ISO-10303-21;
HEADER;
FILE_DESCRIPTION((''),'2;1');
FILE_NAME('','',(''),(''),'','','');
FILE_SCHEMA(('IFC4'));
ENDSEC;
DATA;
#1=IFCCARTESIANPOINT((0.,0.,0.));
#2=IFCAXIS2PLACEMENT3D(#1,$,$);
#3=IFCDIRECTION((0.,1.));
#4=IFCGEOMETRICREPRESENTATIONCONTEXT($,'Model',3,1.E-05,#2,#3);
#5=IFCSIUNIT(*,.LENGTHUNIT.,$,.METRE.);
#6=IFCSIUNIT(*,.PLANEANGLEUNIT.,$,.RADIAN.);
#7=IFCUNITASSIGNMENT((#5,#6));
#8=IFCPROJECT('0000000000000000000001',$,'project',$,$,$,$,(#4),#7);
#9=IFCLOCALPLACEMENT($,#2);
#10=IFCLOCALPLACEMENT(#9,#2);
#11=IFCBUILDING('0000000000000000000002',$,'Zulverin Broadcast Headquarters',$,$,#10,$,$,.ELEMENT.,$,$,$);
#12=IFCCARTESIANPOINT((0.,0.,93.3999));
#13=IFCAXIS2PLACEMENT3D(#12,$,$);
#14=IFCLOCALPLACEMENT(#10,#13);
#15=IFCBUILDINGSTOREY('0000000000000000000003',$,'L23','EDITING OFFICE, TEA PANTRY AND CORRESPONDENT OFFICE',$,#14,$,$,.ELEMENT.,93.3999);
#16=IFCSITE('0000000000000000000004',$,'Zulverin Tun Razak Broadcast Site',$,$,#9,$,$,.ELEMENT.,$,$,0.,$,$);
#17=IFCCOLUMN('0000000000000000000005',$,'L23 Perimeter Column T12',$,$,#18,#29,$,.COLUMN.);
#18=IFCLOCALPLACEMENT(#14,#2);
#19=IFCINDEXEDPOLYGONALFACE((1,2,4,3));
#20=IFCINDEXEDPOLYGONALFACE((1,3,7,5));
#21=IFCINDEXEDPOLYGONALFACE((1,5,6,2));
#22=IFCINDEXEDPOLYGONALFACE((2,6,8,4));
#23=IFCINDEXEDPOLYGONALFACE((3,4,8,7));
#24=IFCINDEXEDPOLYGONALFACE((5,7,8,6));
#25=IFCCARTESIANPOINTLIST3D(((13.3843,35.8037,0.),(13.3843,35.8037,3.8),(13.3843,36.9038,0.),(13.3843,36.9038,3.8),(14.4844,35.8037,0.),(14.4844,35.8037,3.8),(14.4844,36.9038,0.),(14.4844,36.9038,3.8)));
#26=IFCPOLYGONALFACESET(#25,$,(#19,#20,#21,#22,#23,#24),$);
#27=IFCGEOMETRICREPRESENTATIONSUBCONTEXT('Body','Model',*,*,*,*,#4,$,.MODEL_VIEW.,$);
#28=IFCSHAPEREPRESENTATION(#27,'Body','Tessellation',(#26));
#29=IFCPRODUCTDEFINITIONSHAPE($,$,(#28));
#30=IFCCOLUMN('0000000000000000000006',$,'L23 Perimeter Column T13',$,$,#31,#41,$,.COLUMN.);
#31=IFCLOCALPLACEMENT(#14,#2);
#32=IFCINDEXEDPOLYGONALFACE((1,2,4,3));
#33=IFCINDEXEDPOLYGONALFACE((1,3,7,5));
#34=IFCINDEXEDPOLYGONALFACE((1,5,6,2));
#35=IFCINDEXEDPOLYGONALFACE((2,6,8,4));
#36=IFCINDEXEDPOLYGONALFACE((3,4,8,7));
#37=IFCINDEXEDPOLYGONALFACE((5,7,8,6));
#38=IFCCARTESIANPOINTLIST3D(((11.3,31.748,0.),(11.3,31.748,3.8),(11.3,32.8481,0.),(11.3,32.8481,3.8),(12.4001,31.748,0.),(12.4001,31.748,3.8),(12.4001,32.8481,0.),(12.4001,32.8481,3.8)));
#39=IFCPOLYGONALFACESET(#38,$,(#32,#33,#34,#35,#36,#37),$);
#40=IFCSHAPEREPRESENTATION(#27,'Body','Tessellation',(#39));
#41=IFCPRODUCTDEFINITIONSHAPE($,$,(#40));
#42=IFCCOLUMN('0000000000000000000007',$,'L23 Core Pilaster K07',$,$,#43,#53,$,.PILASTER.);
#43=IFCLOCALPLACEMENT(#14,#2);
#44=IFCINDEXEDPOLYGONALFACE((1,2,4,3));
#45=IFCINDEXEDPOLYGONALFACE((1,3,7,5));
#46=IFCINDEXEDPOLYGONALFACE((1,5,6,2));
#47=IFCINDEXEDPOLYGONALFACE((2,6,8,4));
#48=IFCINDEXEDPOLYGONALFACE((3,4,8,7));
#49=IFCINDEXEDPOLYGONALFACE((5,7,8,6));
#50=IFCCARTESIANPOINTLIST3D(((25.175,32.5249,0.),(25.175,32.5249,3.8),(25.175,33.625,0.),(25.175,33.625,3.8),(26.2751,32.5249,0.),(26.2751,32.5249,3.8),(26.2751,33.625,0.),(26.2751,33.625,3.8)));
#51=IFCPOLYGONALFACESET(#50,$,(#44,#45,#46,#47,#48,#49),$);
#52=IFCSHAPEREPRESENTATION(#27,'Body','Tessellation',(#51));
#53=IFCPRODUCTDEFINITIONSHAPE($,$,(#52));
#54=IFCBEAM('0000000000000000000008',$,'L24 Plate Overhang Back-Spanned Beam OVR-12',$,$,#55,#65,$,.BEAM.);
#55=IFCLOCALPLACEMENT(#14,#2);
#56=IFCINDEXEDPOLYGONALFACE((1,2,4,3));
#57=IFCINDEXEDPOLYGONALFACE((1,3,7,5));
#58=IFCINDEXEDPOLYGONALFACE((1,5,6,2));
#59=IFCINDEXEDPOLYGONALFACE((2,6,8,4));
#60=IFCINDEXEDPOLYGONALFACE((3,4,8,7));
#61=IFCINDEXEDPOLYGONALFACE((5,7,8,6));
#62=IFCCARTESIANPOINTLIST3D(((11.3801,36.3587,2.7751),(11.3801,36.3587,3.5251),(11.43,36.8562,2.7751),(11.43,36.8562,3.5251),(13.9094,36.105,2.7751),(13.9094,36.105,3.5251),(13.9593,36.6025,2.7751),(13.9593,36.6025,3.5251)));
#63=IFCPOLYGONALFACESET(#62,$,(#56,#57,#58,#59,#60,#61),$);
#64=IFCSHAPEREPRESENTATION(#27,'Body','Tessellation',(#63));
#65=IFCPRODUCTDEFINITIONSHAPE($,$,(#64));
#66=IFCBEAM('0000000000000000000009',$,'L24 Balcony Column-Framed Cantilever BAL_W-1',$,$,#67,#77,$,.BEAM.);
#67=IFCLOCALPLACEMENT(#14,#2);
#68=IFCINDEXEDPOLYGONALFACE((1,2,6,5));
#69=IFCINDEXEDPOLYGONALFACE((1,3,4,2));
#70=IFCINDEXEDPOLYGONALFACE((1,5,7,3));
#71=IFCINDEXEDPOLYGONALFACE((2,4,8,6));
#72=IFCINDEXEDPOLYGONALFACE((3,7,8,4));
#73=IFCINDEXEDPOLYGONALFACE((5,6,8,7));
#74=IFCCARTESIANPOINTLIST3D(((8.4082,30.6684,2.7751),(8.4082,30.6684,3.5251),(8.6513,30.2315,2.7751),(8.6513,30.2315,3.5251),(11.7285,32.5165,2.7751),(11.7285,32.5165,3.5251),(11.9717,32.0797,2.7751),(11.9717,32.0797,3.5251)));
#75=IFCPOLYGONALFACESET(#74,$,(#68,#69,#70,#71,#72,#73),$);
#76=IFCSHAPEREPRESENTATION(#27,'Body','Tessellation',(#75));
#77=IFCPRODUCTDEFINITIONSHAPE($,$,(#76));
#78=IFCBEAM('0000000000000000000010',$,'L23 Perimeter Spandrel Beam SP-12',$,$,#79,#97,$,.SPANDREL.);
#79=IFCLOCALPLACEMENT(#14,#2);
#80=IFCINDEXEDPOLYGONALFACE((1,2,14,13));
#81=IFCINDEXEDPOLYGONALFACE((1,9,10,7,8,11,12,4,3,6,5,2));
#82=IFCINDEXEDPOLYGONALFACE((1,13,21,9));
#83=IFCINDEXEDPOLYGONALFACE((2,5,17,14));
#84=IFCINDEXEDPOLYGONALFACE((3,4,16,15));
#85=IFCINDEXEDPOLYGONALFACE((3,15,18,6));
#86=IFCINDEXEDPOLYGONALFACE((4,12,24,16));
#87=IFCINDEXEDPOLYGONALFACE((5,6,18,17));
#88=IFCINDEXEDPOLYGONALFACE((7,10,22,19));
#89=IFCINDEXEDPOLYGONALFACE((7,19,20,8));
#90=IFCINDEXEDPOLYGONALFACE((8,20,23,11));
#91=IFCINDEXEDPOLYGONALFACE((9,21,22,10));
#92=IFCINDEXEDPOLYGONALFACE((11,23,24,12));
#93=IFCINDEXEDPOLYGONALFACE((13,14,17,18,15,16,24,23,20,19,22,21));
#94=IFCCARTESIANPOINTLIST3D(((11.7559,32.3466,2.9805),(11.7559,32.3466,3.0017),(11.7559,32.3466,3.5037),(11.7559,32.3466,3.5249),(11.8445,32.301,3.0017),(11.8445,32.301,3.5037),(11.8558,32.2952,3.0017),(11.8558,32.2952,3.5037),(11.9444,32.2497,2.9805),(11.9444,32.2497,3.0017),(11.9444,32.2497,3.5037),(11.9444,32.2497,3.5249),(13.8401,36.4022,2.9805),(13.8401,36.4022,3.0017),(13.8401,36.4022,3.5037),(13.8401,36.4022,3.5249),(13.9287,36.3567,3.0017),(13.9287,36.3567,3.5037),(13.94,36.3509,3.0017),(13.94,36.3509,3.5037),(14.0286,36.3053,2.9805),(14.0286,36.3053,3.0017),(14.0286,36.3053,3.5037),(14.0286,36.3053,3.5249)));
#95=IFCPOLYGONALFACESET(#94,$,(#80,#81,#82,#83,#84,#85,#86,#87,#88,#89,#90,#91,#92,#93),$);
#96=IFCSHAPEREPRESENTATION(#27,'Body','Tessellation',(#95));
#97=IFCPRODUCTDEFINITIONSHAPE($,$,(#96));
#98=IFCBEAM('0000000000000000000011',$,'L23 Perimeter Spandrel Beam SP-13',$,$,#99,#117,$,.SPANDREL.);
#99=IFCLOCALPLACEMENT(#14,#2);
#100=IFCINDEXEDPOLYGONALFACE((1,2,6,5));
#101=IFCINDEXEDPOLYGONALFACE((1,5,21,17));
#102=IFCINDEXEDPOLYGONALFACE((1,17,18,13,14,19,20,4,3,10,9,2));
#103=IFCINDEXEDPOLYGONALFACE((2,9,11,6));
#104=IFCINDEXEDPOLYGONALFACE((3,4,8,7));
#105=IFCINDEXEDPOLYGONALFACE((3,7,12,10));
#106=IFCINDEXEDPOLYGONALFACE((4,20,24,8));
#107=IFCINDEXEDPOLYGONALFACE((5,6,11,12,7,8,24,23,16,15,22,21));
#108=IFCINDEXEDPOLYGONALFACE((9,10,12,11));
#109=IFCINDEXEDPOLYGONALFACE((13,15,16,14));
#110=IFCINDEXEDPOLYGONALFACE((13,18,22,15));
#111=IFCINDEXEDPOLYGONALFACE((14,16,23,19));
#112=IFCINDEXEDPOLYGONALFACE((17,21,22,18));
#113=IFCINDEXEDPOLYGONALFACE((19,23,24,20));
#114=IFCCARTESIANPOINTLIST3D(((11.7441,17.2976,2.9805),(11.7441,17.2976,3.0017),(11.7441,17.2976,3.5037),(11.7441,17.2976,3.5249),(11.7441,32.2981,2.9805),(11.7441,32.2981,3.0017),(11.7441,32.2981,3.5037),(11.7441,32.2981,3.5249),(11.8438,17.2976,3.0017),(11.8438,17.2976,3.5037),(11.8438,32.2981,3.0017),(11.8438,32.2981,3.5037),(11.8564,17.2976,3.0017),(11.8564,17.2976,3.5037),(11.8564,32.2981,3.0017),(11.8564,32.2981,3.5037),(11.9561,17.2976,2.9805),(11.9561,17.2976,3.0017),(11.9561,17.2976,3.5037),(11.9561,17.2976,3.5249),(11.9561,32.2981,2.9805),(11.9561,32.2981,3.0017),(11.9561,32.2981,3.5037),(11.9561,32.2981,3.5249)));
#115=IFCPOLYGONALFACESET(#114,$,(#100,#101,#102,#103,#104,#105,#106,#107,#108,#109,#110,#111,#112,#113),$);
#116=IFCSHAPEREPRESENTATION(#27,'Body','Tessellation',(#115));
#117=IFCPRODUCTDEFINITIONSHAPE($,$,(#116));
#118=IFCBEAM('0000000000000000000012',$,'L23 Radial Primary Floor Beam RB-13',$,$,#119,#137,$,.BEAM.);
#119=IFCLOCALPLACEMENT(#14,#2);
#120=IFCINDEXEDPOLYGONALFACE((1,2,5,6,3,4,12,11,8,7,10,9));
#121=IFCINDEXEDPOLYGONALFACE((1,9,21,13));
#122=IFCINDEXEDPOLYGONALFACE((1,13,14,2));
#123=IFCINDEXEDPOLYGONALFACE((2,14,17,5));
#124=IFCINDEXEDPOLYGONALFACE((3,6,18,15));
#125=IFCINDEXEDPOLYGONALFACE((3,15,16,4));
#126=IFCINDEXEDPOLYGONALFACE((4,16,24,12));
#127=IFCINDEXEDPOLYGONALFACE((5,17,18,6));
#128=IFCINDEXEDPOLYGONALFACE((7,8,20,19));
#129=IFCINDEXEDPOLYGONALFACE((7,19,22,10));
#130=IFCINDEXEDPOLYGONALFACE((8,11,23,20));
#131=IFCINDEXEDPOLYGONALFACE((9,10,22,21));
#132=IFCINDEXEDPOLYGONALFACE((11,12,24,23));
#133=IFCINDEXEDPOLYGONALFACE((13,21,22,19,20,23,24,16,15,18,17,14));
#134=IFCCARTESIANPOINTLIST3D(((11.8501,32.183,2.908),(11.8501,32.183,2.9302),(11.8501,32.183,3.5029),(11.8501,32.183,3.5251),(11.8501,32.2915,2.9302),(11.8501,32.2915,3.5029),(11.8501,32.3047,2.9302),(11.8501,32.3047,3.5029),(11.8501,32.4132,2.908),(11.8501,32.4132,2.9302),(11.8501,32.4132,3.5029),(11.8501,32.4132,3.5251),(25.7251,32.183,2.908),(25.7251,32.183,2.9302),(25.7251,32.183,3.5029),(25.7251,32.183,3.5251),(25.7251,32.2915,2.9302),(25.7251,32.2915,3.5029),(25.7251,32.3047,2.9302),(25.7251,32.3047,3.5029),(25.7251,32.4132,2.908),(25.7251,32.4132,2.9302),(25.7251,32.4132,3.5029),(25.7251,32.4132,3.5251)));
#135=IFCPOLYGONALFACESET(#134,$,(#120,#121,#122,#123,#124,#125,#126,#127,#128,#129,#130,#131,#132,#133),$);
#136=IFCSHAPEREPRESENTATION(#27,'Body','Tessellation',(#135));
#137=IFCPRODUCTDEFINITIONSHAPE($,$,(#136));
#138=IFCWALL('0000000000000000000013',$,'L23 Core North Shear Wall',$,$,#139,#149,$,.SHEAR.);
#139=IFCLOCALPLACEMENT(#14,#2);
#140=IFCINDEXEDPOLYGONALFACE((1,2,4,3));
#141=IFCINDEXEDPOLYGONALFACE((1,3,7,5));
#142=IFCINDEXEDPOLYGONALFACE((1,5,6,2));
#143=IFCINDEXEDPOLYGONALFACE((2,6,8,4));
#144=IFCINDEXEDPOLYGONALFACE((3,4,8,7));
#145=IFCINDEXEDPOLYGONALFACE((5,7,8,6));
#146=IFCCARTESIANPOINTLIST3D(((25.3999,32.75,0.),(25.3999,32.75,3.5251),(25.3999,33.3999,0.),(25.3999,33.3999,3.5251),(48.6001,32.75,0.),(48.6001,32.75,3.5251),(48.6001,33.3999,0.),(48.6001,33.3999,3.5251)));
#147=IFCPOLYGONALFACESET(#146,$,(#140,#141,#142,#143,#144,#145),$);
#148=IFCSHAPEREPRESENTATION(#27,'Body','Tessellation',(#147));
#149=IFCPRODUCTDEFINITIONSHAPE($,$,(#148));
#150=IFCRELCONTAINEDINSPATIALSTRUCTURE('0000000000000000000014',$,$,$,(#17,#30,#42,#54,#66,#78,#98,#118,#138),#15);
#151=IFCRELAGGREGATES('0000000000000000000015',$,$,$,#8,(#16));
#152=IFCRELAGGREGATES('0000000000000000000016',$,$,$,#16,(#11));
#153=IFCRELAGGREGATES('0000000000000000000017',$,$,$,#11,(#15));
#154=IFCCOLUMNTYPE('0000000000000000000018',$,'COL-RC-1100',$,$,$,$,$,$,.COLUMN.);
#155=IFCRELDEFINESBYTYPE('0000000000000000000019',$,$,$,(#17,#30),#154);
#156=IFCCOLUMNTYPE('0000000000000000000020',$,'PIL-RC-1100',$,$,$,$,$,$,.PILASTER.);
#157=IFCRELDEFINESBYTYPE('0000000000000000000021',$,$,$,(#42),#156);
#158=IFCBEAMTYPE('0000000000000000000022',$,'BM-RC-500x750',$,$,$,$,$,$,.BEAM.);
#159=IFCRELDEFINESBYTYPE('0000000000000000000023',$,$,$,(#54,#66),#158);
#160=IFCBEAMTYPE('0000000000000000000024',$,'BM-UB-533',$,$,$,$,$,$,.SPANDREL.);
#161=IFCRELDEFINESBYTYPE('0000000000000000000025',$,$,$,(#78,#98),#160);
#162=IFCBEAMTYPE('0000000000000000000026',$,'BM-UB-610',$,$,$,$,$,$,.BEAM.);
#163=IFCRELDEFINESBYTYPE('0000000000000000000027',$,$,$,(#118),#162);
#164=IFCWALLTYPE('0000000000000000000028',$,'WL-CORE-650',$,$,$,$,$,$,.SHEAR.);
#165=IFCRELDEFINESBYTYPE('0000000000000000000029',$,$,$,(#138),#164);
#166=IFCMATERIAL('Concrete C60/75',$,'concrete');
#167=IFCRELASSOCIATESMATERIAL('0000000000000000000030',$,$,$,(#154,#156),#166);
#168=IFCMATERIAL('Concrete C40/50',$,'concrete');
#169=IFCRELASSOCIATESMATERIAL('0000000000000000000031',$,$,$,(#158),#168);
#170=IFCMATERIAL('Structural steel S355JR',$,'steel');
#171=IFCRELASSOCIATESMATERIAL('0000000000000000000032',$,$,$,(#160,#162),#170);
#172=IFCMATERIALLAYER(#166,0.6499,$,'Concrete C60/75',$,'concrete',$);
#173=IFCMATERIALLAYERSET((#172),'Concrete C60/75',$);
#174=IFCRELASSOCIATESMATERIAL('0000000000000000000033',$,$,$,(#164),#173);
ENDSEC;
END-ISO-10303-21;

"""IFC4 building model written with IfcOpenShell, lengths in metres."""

from ifc_helpers import new_model, si_unit, direction, frame, frame_2d, origin, origin_2d, place, context, subcontext, project, spatial, rectangle, i_section, extrude, material, layer, layer_set, material_profile, profile_set, type_object, element, save


model = new_model("IFC4")

# Units and contexts
model_context = context("Model", 3, precision=1e-05, world=origin(), true_north=direction((0.0, 1.0)))
body_context = subcontext(model_context, "Body", "Model", "MODEL_VIEW")
ifc_project = project(units=[si_unit("LENGTHUNIT", "METRE"), si_unit("PLANEANGLEUNIT", "RADIAN")], contexts=[model_context])

# Site, building, storey
site_placement = place(None, origin())
site = spatial("IfcSite", under=ifc_project, at=site_placement, Name="Zulverin Tun Razak Broadcast Site", CompositionType="ELEMENT", RefElevation=0.0)
building_placement = place(site_placement, origin())
building = spatial("IfcBuilding", under=site, at=building_placement, Name="Zulverin Broadcast Headquarters", CompositionType="ELEMENT")
storey_placement = place(building_placement, frame((0.0, 0.0, 93.3999)))
storey = spatial("IfcBuildingStorey", under=building, at=storey_placement, Name="L23", Description="EDITING OFFICE, TEA PANTRY AND CORRESPONDENT OFFICE", CompositionType="ELEMENT", Elevation=93.3999)

# Columns
ifc_material_1 = material(Name="Concrete C60/75", Category="concrete")
ifc_material_profile_1 = material_profile(ifc_material_1, rectangle(XDim=1.1001, YDim=1.1001, at=origin_2d()), Name="Concrete C60/75", Category="concrete")
ifc_profile_set_1 = profile_set([ifc_material_profile_1], Name="Concrete C60/75")
column_type_1 = type_object("IfcColumnType", Name="COL-RC-1100", PredefinedType="COLUMN", material=ifc_profile_set_1)
for number, where, z_axis, x_axis, name in (
    (1, (13.9343, 36.3538, 0.0), (0.0, 0.0, 1.0), (1.0, 0.0, 0.0), "L23 Perimeter Column T12"),
    (2, (11.8501, 32.2981, 0.0), (0.0, 0.0, 1.0), (1.0, 0.0, 0.0), "L23 Perimeter Column T13"),
):
    element("IfcColumn", number, at=place(storey_placement, frame(where, z_axis=z_axis, x_axis=x_axis)), inside=storey, type_object=column_type_1, Name=name, PredefinedType="COLUMN", context=body_context, shape_type="SweptSolid", body=[
        extrude(rectangle(XDim=1.1001, YDim=1.1001, at=origin_2d()), origin(), (0.0, 0.0, 1.0), 3.8),
    ])
ifc_material_profile_2 = material_profile(ifc_material_1, rectangle(XDim=1.1001, YDim=1.1001, at=origin_2d()), Name="Concrete C60/75", Category="concrete")
ifc_profile_set_2 = profile_set([ifc_material_profile_2], Name="Concrete C60/75")
column_type_2 = type_object("IfcColumnType", Name="PIL-RC-1100", PredefinedType="PILASTER", material=ifc_profile_set_2)
column_placement = place(storey_placement, frame((25.7251, 33.075, 0.0), z_axis=(0.0, 0.0, 1.0), x_axis=(1.0, 0.0, 0.0)))
element("IfcColumn", 3, at=column_placement, inside=storey, type_object=column_type_2, Name="L23 Core Pilaster K07", PredefinedType="PILASTER", context=body_context, shape_type="SweptSolid", body=[
    extrude(rectangle(XDim=1.1001, YDim=1.1001, at=origin_2d()), origin(), (0.0, 0.0, 1.0), 3.8),
])

# Beams
ifc_material_2 = material(Name="Concrete C40/50", Category="concrete")
ifc_material_profile_3 = material_profile(ifc_material_2, rectangle(XDim=0.5, YDim=0.75, at=origin_2d()), Name="Concrete C40/50", Category="concrete")
ifc_profile_set_3 = profile_set([ifc_material_profile_3], Name="Concrete C40/50")
beam_type_1 = type_object("IfcBeamType", Name="BM-RC-500x750", PredefinedType="BEAM", material=ifc_profile_set_3)
beam_1_placement = place(storey_placement, frame((13.9343, 36.3538, 3.1501), z_axis=(-0.995009, 0.099789, 0.0), x_axis=(-0.099789, -0.995009, 0.0)))
element("IfcBeam", 4, at=beam_1_placement, inside=storey, type_object=beam_type_1, Name="L24 Plate Overhang Back-Spanned Beam OVR-12", PredefinedType="BEAM", context=body_context, shape_type="SweptSolid", body=[
    extrude(rectangle(XDim=0.5, YDim=0.75, at=origin_2d()), origin(), (0.0, 0.0, 1.0), 2.542),
])
beam_2_placement = place(storey_placement, frame((11.8501, 32.2981, 3.1501), z_axis=(-0.873763, -0.486352, 0.0), x_axis=(0.486352, -0.873763, 0.0)))
element("IfcBeam", 5, at=beam_2_placement, inside=storey, type_object=beam_type_1, Name="L24 Balcony Column-Framed Cantilever BAL_W-1", PredefinedType="BEAM", context=body_context, shape_type="SweptSolid", body=[
    extrude(rectangle(XDim=0.5, YDim=0.75, at=origin_2d()), origin(), (0.0, 0.0, 1.0), 3.8),
])
ifc_material_3 = material(Name="Structural steel S355JR", Category="steel")
ifc_material_profile_4 = material_profile(ifc_material_3, i_section(OverallWidth=0.2119, OverallDepth=0.5444, WebThickness=0.0127, FlangeThickness=0.0212, at=origin_2d()), Name="Structural steel S355JR", Category="steel")
ifc_profile_set_4 = profile_set([ifc_material_profile_4], Name="Structural steel S355JR")
beam_type_2 = type_object("IfcBeamType", Name="BM-UB-533", PredefinedType="SPANDREL", material=ifc_profile_set_4)
beam_3_placement = place(storey_placement, frame((13.9343, 36.3538, 3.2527), z_axis=(-0.457081, -0.889425, 0.0), x_axis=(0.889425, -0.457081, 0.0)))
element("IfcBeam", 6, at=beam_3_placement, inside=storey, type_object=beam_type_2, Name="L23 Perimeter Spandrel Beam SP-12", PredefinedType="SPANDREL", context=body_context, shape_type="SweptSolid", body=[
    extrude(i_section(OverallWidth=0.2119, OverallDepth=0.5444, WebThickness=0.0127, FlangeThickness=0.0212, at=origin_2d()), origin(), (0.0, 0.0, 1.0), 4.5598),
])
beam_4_placement = place(storey_placement, frame((11.8501, 32.2981, 3.2527), z_axis=(0.0, -1.0, 0.0), x_axis=(1.0, 0.0, 0.0)))
element("IfcBeam", 7, at=beam_4_placement, inside=storey, type_object=beam_type_2, Name="L23 Perimeter Spandrel Beam SP-13", PredefinedType="SPANDREL", context=body_context, shape_type="SweptSolid", body=[
    extrude(i_section(OverallWidth=0.2119, OverallDepth=0.5444, WebThickness=0.0127, FlangeThickness=0.0212, at=origin_2d()), origin(), (0.0, 0.0, 1.0), 15.0005),
])
ifc_material_profile_5 = material_profile(ifc_material_3, i_section(OverallWidth=0.2302, OverallDepth=0.6172, WebThickness=0.0132, FlangeThickness=0.0222, at=origin_2d()), Name="Structural steel S355JR", Category="steel")
ifc_profile_set_5 = profile_set([ifc_material_profile_5], Name="Structural steel S355JR")
beam_type_3 = type_object("IfcBeamType", Name="BM-UB-610", PredefinedType="BEAM", material=ifc_profile_set_5)
beam_5_placement = place(storey_placement, frame((25.7251, 32.2981, 3.2166), z_axis=(-1.0, 0.0, 0.0), x_axis=(0.0, -1.0, 0.0)))
element("IfcBeam", 8, at=beam_5_placement, inside=storey, type_object=beam_type_3, Name="L23 Radial Primary Floor Beam RB-13", PredefinedType="BEAM", context=body_context, shape_type="SweptSolid", body=[
    extrude(i_section(OverallWidth=0.2302, OverallDepth=0.6172, WebThickness=0.0132, FlangeThickness=0.0222, at=origin_2d()), origin(), (0.0, 0.0, 1.0), 13.875),
])

# Wall
ifc_layer_1 = layer(ifc_material_1, 0.6499, Name="Concrete C60/75", Category="concrete")
ifc_layer_set_1 = layer_set([ifc_layer_1], Name="Concrete C60/75")
wall_type_1 = type_object("IfcWallType", Name="WL-CORE-650", PredefinedType="SHEAR", material=ifc_layer_set_1)
wall_1_placement = place(storey_placement, frame((25.3999, 33.075, 0.0), z_axis=(0.0, 0.0, 1.0), x_axis=(1.0, 0.0, 0.0)))
element("IfcWall", 9, at=wall_1_placement, inside=storey, type_object=wall_type_1, Name="L23 Core North Shear Wall", PredefinedType="SHEAR", context=body_context, shape_type="SweptSolid", body=[
    extrude(rectangle(XDim=23.2002, YDim=0.6499, at=frame_2d((11.6001, 0.0))), origin(), (0.0, 0.0, 1.0), 3.5251),
])

save(model, "model.ifc")
